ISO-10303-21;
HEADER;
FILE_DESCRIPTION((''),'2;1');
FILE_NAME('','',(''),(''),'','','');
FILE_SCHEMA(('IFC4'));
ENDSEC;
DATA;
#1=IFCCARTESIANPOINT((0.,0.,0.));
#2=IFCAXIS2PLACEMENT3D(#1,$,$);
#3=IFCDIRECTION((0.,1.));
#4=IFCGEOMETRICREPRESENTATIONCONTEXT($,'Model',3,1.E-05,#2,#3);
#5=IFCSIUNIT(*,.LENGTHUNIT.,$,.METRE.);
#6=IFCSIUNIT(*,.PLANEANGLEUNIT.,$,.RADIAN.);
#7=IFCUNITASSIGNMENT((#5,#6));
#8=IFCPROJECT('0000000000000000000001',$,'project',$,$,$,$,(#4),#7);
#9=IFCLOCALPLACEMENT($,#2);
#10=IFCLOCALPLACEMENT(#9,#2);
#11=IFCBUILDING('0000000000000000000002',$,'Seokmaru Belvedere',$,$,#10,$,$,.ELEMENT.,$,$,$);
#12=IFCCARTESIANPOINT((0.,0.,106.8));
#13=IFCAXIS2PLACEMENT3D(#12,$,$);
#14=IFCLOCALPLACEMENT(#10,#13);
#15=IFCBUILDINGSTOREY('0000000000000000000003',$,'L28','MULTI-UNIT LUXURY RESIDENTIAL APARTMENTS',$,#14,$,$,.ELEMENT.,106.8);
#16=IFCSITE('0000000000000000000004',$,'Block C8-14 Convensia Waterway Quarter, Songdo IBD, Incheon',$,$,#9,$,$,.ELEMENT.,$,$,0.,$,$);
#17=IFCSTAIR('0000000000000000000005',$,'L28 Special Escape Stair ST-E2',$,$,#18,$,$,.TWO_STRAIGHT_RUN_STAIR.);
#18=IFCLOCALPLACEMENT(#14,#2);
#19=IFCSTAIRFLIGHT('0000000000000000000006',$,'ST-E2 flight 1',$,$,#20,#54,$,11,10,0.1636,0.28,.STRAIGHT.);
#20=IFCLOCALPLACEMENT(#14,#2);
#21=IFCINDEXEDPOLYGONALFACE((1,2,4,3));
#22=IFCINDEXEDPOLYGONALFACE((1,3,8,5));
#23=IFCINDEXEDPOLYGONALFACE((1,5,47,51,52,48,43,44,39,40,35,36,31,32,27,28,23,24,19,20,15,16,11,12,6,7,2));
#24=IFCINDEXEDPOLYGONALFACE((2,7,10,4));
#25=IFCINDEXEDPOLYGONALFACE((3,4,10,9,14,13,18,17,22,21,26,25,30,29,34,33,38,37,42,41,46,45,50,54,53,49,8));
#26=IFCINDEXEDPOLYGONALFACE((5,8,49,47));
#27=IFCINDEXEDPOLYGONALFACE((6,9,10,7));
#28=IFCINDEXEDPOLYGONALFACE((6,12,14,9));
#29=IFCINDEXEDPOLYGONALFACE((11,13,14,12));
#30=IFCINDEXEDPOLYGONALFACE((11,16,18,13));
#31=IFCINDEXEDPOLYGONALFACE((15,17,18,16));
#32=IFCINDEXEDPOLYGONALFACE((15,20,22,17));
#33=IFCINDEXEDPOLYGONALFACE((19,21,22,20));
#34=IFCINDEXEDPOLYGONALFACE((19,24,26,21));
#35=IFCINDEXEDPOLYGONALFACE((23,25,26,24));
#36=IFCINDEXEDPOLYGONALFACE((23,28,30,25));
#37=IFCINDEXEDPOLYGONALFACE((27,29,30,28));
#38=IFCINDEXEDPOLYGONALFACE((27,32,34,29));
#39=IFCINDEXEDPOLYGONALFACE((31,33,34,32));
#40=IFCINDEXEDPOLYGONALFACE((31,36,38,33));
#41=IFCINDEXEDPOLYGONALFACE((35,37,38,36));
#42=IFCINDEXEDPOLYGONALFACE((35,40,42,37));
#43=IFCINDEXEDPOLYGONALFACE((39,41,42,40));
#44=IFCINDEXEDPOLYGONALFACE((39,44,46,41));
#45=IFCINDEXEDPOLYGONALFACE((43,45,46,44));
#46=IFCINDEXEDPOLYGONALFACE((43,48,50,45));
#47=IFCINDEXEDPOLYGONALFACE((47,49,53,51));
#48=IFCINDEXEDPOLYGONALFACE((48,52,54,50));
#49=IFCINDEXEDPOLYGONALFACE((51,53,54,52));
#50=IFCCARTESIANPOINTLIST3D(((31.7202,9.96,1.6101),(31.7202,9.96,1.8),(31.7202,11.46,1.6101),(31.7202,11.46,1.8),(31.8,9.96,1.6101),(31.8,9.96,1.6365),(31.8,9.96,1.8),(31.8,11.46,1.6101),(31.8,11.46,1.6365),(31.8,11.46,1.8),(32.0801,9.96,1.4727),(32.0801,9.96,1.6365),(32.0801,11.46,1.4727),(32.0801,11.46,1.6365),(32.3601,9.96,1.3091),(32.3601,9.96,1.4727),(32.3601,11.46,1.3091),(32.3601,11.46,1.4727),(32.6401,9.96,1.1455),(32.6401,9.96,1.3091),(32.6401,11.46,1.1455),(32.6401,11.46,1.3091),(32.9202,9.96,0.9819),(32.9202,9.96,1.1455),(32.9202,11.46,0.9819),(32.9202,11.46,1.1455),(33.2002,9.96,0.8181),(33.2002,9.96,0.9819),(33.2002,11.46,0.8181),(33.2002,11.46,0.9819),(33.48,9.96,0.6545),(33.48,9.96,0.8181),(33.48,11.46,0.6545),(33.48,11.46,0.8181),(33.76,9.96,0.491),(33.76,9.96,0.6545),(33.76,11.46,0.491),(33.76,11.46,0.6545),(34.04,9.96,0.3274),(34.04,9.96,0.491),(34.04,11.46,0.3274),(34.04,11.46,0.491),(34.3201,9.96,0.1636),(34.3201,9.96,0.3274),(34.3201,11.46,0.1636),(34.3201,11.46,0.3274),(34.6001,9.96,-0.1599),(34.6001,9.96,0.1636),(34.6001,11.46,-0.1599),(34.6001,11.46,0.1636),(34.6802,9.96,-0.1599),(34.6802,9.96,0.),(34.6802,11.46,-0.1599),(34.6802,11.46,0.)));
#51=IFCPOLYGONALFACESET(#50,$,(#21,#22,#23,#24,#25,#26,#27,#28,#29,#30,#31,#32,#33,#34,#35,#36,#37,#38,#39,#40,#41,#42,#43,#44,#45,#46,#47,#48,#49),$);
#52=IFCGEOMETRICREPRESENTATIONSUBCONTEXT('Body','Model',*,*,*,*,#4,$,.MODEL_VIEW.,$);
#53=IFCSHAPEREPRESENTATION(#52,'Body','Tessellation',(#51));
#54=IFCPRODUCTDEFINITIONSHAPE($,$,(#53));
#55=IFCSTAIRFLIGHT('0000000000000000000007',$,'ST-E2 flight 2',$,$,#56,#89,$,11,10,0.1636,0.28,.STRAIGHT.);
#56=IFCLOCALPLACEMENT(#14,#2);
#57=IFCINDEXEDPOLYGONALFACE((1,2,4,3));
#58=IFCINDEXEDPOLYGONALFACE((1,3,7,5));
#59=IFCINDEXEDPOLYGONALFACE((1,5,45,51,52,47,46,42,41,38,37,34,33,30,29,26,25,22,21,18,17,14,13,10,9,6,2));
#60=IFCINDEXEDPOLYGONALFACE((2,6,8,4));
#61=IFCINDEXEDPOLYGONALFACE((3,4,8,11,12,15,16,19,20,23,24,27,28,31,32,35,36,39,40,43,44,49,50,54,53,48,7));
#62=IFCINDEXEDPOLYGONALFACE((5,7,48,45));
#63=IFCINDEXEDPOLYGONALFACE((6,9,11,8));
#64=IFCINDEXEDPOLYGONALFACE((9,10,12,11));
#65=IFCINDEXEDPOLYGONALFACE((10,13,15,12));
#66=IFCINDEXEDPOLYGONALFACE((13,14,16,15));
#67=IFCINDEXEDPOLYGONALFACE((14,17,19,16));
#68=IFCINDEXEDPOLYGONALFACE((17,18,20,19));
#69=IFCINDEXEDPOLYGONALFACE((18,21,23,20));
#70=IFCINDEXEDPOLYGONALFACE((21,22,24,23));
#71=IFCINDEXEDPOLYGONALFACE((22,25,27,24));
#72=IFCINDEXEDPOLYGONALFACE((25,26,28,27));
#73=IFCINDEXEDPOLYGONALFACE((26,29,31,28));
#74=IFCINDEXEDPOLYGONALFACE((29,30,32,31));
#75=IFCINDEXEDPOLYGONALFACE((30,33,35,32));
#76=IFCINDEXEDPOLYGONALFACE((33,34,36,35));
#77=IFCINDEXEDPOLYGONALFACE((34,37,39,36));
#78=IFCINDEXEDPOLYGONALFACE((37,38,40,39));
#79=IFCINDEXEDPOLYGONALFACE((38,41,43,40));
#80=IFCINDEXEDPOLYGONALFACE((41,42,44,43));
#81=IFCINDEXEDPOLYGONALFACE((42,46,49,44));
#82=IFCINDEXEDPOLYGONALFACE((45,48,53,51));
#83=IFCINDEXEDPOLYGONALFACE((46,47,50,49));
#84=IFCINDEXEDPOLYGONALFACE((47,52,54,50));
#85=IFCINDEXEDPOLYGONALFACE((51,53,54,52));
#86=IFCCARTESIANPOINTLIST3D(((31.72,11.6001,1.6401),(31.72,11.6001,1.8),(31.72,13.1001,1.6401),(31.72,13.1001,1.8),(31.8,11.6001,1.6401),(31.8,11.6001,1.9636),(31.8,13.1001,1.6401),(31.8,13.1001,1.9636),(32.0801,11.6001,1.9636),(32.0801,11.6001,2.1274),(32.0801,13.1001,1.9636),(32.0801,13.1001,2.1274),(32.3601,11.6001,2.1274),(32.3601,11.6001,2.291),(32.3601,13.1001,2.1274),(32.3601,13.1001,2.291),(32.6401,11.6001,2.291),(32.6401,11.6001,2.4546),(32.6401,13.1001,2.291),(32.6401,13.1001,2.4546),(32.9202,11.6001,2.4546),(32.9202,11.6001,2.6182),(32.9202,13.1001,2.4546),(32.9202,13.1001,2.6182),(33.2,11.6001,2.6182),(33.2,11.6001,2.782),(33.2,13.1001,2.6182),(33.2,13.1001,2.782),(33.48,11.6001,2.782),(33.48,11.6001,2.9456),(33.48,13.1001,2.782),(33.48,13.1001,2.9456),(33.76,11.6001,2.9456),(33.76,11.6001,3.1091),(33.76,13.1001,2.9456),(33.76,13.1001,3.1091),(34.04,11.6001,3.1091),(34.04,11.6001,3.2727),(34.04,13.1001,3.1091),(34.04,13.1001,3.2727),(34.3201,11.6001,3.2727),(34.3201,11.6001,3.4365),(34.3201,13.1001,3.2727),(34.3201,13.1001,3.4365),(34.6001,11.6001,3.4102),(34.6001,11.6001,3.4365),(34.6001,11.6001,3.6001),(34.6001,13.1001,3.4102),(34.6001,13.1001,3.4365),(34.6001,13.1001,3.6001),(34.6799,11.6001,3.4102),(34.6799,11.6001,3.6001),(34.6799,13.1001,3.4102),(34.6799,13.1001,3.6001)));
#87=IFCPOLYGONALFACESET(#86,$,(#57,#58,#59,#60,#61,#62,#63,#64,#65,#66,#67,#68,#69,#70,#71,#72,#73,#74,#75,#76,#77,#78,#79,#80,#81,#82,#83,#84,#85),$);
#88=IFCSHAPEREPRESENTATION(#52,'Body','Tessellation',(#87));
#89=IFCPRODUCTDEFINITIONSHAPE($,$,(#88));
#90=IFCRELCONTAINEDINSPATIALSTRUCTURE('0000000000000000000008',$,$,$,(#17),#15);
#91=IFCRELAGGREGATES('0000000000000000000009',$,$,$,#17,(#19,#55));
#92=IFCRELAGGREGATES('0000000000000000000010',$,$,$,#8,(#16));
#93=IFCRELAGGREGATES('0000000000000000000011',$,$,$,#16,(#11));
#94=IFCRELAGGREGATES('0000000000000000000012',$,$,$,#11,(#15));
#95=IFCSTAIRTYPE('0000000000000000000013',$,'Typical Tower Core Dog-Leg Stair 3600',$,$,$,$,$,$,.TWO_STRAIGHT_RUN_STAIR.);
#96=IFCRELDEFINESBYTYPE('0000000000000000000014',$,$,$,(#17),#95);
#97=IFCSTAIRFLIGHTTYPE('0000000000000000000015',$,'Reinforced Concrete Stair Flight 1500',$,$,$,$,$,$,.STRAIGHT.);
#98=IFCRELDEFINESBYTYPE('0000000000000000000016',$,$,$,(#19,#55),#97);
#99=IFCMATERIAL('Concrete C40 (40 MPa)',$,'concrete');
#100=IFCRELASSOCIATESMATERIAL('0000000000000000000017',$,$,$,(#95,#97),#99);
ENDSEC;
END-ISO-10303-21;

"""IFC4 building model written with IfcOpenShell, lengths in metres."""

from ifc_helpers import new_model, si_unit, direction, frame, origin, place, context, subcontext, project, spatial, polyline, outline, extrude, material, type_object, element, aggregate, save


model = new_model("IFC4")

# Units and contexts
model_context = context("Model", 3, precision=1e-05, world=origin(), true_north=direction((0.0, 1.0)))
body_context = subcontext(model_context, "Body", "Model", "MODEL_VIEW")
ifc_project = project(units=[si_unit("LENGTHUNIT", "METRE"), si_unit("PLANEANGLEUNIT", "RADIAN")], contexts=[model_context])

# Site, building, storey
site_placement = place(None, origin())
site = spatial("IfcSite", under=ifc_project, at=site_placement, Name="Block C8-14 Convensia Waterway Quarter, Songdo IBD, Incheon", CompositionType="ELEMENT", RefElevation=0.0)
building_placement = place(site_placement, origin())
building = spatial("IfcBuilding", under=site, at=building_placement, Name="Seokmaru Belvedere", CompositionType="ELEMENT")
storey_placement = place(building_placement, frame((0.0, 0.0, 106.8)))
storey = spatial("IfcBuildingStorey", under=building, at=storey_placement, Name="L28", Description="MULTI-UNIT LUXURY RESIDENTIAL APARTMENTS", CompositionType="ELEMENT", Elevation=106.8)

# Stair, stair flights
ifc_material_1 = material(Name="Concrete C40 (40 MPa)", Category="concrete")
stair_type = type_object("IfcStairType", Name="Typical Tower Core Dog-Leg Stair 3600", PredefinedType="TWO_STRAIGHT_RUN_STAIR", material=ifc_material_1)
stair_placement = place(storey_placement, origin())
stair = element("IfcStair", 1, at=stair_placement, inside=storey, type_object=stair_type, Name="L28 Special Escape Stair ST-E2", PredefinedType="TWO_STRAIGHT_RUN_STAIR")
stair_flight_type = type_object("IfcStairFlightType", Name="Reinforced Concrete Stair Flight 1500", PredefinedType="STRAIGHT", material=ifc_material_1)
stair_flight_1_placement = place(storey_placement, frame((34.6001, 10.71, 0.0), z_axis=(0.0, 0.0, 1.0), x_axis=(-1.0, 0.0, 0.0)))
stair_flight_1 = element("IfcStairFlight", 2, at=stair_flight_1_placement, type_object=stair_flight_type, Name="ST-E2 flight 1", NumberOfRisers=11, NumberOfTreads=10, PredefinedType="STRAIGHT", RiserHeight=0.1636, TreadLength=0.28, context=body_context, shape_type="SweptSolid", body=[
    extrude(outline(polyline([(-0.0801, 0.0), (0.0, 0.1636), (0.28, 0.1636), (0.28, 0.3274), (0.5601, 0.3274), (0.5601, 0.491), (0.8401, 0.491), (0.8401, 0.6545), (1.1201, 0.6545), (1.1201, 0.8181), (1.3999, 0.8181), (1.3999, 0.9819), (1.6799, 0.9819), (1.6799, 1.1455), (1.96, 1.1455), (1.96, 1.3091), (2.24, 1.3091), (2.24, 1.4727), (2.52, 1.4727), (2.52, 1.6365), (2.8, 1.6365), (2.8, 1.8), (2.8799, 1.8), (2.8799, 1.6101), (2.8, 1.6101), (0.0, -0.1599), (-0.0801, -0.1599), (-0.0801, 0.0)])), frame((0.0, 0.75, 0.0), z_axis=(0.0, -1.0, 0.0), x_axis=(1.0, 0.0, 0.0)), (0.0, 0.0, 1.0), 1.5),
])
stair_flight_2_placement = place(storey_placement, frame((31.8, 12.3501, 1.8), z_axis=(0.0, 0.0, 1.0), x_axis=(1.0, 0.0, 0.0)))
stair_flight_2 = element("IfcStairFlight", 3, at=stair_flight_2_placement, type_object=stair_flight_type, Name="ST-E2 flight 2", NumberOfRisers=11, NumberOfTreads=10, PredefinedType="STRAIGHT", RiserHeight=0.1636, TreadLength=0.28, context=body_context, shape_type="SweptSolid", body=[
    extrude(outline(polyline([(-0.0801, 0.0), (0.0, 0.1636), (0.28, 0.1636), (0.28, 0.3274), (0.5601, 0.3274), (0.5601, 0.491), (0.8401, 0.491), (0.8401, 0.6545), (1.1201, 0.6545), (1.1201, 0.8181), (1.3999, 0.8181), (1.3999, 0.9819), (1.6799, 0.9819), (1.6799, 1.1455), (1.96, 1.1455), (1.96, 1.3091), (2.24, 1.3091), (2.24, 1.4727), (2.52, 1.4727), (2.52, 1.6365), (2.8, 1.6365), (2.8, 1.8), (2.8799, 1.8), (2.8799, 1.6101), (2.8, 1.6101), (0.0, -0.1599), (-0.0801, -0.1599), (-0.0801, 0.0)])), frame((0.0, 0.75, 0.0), z_axis=(0.0, -1.0, 0.0), x_axis=(1.0, 0.0, 0.0)), (0.0, 0.0, 1.0), 1.5),
])
aggregate(stair, [stair_flight_1, stair_flight_2])

save(model, "model.ifc")
